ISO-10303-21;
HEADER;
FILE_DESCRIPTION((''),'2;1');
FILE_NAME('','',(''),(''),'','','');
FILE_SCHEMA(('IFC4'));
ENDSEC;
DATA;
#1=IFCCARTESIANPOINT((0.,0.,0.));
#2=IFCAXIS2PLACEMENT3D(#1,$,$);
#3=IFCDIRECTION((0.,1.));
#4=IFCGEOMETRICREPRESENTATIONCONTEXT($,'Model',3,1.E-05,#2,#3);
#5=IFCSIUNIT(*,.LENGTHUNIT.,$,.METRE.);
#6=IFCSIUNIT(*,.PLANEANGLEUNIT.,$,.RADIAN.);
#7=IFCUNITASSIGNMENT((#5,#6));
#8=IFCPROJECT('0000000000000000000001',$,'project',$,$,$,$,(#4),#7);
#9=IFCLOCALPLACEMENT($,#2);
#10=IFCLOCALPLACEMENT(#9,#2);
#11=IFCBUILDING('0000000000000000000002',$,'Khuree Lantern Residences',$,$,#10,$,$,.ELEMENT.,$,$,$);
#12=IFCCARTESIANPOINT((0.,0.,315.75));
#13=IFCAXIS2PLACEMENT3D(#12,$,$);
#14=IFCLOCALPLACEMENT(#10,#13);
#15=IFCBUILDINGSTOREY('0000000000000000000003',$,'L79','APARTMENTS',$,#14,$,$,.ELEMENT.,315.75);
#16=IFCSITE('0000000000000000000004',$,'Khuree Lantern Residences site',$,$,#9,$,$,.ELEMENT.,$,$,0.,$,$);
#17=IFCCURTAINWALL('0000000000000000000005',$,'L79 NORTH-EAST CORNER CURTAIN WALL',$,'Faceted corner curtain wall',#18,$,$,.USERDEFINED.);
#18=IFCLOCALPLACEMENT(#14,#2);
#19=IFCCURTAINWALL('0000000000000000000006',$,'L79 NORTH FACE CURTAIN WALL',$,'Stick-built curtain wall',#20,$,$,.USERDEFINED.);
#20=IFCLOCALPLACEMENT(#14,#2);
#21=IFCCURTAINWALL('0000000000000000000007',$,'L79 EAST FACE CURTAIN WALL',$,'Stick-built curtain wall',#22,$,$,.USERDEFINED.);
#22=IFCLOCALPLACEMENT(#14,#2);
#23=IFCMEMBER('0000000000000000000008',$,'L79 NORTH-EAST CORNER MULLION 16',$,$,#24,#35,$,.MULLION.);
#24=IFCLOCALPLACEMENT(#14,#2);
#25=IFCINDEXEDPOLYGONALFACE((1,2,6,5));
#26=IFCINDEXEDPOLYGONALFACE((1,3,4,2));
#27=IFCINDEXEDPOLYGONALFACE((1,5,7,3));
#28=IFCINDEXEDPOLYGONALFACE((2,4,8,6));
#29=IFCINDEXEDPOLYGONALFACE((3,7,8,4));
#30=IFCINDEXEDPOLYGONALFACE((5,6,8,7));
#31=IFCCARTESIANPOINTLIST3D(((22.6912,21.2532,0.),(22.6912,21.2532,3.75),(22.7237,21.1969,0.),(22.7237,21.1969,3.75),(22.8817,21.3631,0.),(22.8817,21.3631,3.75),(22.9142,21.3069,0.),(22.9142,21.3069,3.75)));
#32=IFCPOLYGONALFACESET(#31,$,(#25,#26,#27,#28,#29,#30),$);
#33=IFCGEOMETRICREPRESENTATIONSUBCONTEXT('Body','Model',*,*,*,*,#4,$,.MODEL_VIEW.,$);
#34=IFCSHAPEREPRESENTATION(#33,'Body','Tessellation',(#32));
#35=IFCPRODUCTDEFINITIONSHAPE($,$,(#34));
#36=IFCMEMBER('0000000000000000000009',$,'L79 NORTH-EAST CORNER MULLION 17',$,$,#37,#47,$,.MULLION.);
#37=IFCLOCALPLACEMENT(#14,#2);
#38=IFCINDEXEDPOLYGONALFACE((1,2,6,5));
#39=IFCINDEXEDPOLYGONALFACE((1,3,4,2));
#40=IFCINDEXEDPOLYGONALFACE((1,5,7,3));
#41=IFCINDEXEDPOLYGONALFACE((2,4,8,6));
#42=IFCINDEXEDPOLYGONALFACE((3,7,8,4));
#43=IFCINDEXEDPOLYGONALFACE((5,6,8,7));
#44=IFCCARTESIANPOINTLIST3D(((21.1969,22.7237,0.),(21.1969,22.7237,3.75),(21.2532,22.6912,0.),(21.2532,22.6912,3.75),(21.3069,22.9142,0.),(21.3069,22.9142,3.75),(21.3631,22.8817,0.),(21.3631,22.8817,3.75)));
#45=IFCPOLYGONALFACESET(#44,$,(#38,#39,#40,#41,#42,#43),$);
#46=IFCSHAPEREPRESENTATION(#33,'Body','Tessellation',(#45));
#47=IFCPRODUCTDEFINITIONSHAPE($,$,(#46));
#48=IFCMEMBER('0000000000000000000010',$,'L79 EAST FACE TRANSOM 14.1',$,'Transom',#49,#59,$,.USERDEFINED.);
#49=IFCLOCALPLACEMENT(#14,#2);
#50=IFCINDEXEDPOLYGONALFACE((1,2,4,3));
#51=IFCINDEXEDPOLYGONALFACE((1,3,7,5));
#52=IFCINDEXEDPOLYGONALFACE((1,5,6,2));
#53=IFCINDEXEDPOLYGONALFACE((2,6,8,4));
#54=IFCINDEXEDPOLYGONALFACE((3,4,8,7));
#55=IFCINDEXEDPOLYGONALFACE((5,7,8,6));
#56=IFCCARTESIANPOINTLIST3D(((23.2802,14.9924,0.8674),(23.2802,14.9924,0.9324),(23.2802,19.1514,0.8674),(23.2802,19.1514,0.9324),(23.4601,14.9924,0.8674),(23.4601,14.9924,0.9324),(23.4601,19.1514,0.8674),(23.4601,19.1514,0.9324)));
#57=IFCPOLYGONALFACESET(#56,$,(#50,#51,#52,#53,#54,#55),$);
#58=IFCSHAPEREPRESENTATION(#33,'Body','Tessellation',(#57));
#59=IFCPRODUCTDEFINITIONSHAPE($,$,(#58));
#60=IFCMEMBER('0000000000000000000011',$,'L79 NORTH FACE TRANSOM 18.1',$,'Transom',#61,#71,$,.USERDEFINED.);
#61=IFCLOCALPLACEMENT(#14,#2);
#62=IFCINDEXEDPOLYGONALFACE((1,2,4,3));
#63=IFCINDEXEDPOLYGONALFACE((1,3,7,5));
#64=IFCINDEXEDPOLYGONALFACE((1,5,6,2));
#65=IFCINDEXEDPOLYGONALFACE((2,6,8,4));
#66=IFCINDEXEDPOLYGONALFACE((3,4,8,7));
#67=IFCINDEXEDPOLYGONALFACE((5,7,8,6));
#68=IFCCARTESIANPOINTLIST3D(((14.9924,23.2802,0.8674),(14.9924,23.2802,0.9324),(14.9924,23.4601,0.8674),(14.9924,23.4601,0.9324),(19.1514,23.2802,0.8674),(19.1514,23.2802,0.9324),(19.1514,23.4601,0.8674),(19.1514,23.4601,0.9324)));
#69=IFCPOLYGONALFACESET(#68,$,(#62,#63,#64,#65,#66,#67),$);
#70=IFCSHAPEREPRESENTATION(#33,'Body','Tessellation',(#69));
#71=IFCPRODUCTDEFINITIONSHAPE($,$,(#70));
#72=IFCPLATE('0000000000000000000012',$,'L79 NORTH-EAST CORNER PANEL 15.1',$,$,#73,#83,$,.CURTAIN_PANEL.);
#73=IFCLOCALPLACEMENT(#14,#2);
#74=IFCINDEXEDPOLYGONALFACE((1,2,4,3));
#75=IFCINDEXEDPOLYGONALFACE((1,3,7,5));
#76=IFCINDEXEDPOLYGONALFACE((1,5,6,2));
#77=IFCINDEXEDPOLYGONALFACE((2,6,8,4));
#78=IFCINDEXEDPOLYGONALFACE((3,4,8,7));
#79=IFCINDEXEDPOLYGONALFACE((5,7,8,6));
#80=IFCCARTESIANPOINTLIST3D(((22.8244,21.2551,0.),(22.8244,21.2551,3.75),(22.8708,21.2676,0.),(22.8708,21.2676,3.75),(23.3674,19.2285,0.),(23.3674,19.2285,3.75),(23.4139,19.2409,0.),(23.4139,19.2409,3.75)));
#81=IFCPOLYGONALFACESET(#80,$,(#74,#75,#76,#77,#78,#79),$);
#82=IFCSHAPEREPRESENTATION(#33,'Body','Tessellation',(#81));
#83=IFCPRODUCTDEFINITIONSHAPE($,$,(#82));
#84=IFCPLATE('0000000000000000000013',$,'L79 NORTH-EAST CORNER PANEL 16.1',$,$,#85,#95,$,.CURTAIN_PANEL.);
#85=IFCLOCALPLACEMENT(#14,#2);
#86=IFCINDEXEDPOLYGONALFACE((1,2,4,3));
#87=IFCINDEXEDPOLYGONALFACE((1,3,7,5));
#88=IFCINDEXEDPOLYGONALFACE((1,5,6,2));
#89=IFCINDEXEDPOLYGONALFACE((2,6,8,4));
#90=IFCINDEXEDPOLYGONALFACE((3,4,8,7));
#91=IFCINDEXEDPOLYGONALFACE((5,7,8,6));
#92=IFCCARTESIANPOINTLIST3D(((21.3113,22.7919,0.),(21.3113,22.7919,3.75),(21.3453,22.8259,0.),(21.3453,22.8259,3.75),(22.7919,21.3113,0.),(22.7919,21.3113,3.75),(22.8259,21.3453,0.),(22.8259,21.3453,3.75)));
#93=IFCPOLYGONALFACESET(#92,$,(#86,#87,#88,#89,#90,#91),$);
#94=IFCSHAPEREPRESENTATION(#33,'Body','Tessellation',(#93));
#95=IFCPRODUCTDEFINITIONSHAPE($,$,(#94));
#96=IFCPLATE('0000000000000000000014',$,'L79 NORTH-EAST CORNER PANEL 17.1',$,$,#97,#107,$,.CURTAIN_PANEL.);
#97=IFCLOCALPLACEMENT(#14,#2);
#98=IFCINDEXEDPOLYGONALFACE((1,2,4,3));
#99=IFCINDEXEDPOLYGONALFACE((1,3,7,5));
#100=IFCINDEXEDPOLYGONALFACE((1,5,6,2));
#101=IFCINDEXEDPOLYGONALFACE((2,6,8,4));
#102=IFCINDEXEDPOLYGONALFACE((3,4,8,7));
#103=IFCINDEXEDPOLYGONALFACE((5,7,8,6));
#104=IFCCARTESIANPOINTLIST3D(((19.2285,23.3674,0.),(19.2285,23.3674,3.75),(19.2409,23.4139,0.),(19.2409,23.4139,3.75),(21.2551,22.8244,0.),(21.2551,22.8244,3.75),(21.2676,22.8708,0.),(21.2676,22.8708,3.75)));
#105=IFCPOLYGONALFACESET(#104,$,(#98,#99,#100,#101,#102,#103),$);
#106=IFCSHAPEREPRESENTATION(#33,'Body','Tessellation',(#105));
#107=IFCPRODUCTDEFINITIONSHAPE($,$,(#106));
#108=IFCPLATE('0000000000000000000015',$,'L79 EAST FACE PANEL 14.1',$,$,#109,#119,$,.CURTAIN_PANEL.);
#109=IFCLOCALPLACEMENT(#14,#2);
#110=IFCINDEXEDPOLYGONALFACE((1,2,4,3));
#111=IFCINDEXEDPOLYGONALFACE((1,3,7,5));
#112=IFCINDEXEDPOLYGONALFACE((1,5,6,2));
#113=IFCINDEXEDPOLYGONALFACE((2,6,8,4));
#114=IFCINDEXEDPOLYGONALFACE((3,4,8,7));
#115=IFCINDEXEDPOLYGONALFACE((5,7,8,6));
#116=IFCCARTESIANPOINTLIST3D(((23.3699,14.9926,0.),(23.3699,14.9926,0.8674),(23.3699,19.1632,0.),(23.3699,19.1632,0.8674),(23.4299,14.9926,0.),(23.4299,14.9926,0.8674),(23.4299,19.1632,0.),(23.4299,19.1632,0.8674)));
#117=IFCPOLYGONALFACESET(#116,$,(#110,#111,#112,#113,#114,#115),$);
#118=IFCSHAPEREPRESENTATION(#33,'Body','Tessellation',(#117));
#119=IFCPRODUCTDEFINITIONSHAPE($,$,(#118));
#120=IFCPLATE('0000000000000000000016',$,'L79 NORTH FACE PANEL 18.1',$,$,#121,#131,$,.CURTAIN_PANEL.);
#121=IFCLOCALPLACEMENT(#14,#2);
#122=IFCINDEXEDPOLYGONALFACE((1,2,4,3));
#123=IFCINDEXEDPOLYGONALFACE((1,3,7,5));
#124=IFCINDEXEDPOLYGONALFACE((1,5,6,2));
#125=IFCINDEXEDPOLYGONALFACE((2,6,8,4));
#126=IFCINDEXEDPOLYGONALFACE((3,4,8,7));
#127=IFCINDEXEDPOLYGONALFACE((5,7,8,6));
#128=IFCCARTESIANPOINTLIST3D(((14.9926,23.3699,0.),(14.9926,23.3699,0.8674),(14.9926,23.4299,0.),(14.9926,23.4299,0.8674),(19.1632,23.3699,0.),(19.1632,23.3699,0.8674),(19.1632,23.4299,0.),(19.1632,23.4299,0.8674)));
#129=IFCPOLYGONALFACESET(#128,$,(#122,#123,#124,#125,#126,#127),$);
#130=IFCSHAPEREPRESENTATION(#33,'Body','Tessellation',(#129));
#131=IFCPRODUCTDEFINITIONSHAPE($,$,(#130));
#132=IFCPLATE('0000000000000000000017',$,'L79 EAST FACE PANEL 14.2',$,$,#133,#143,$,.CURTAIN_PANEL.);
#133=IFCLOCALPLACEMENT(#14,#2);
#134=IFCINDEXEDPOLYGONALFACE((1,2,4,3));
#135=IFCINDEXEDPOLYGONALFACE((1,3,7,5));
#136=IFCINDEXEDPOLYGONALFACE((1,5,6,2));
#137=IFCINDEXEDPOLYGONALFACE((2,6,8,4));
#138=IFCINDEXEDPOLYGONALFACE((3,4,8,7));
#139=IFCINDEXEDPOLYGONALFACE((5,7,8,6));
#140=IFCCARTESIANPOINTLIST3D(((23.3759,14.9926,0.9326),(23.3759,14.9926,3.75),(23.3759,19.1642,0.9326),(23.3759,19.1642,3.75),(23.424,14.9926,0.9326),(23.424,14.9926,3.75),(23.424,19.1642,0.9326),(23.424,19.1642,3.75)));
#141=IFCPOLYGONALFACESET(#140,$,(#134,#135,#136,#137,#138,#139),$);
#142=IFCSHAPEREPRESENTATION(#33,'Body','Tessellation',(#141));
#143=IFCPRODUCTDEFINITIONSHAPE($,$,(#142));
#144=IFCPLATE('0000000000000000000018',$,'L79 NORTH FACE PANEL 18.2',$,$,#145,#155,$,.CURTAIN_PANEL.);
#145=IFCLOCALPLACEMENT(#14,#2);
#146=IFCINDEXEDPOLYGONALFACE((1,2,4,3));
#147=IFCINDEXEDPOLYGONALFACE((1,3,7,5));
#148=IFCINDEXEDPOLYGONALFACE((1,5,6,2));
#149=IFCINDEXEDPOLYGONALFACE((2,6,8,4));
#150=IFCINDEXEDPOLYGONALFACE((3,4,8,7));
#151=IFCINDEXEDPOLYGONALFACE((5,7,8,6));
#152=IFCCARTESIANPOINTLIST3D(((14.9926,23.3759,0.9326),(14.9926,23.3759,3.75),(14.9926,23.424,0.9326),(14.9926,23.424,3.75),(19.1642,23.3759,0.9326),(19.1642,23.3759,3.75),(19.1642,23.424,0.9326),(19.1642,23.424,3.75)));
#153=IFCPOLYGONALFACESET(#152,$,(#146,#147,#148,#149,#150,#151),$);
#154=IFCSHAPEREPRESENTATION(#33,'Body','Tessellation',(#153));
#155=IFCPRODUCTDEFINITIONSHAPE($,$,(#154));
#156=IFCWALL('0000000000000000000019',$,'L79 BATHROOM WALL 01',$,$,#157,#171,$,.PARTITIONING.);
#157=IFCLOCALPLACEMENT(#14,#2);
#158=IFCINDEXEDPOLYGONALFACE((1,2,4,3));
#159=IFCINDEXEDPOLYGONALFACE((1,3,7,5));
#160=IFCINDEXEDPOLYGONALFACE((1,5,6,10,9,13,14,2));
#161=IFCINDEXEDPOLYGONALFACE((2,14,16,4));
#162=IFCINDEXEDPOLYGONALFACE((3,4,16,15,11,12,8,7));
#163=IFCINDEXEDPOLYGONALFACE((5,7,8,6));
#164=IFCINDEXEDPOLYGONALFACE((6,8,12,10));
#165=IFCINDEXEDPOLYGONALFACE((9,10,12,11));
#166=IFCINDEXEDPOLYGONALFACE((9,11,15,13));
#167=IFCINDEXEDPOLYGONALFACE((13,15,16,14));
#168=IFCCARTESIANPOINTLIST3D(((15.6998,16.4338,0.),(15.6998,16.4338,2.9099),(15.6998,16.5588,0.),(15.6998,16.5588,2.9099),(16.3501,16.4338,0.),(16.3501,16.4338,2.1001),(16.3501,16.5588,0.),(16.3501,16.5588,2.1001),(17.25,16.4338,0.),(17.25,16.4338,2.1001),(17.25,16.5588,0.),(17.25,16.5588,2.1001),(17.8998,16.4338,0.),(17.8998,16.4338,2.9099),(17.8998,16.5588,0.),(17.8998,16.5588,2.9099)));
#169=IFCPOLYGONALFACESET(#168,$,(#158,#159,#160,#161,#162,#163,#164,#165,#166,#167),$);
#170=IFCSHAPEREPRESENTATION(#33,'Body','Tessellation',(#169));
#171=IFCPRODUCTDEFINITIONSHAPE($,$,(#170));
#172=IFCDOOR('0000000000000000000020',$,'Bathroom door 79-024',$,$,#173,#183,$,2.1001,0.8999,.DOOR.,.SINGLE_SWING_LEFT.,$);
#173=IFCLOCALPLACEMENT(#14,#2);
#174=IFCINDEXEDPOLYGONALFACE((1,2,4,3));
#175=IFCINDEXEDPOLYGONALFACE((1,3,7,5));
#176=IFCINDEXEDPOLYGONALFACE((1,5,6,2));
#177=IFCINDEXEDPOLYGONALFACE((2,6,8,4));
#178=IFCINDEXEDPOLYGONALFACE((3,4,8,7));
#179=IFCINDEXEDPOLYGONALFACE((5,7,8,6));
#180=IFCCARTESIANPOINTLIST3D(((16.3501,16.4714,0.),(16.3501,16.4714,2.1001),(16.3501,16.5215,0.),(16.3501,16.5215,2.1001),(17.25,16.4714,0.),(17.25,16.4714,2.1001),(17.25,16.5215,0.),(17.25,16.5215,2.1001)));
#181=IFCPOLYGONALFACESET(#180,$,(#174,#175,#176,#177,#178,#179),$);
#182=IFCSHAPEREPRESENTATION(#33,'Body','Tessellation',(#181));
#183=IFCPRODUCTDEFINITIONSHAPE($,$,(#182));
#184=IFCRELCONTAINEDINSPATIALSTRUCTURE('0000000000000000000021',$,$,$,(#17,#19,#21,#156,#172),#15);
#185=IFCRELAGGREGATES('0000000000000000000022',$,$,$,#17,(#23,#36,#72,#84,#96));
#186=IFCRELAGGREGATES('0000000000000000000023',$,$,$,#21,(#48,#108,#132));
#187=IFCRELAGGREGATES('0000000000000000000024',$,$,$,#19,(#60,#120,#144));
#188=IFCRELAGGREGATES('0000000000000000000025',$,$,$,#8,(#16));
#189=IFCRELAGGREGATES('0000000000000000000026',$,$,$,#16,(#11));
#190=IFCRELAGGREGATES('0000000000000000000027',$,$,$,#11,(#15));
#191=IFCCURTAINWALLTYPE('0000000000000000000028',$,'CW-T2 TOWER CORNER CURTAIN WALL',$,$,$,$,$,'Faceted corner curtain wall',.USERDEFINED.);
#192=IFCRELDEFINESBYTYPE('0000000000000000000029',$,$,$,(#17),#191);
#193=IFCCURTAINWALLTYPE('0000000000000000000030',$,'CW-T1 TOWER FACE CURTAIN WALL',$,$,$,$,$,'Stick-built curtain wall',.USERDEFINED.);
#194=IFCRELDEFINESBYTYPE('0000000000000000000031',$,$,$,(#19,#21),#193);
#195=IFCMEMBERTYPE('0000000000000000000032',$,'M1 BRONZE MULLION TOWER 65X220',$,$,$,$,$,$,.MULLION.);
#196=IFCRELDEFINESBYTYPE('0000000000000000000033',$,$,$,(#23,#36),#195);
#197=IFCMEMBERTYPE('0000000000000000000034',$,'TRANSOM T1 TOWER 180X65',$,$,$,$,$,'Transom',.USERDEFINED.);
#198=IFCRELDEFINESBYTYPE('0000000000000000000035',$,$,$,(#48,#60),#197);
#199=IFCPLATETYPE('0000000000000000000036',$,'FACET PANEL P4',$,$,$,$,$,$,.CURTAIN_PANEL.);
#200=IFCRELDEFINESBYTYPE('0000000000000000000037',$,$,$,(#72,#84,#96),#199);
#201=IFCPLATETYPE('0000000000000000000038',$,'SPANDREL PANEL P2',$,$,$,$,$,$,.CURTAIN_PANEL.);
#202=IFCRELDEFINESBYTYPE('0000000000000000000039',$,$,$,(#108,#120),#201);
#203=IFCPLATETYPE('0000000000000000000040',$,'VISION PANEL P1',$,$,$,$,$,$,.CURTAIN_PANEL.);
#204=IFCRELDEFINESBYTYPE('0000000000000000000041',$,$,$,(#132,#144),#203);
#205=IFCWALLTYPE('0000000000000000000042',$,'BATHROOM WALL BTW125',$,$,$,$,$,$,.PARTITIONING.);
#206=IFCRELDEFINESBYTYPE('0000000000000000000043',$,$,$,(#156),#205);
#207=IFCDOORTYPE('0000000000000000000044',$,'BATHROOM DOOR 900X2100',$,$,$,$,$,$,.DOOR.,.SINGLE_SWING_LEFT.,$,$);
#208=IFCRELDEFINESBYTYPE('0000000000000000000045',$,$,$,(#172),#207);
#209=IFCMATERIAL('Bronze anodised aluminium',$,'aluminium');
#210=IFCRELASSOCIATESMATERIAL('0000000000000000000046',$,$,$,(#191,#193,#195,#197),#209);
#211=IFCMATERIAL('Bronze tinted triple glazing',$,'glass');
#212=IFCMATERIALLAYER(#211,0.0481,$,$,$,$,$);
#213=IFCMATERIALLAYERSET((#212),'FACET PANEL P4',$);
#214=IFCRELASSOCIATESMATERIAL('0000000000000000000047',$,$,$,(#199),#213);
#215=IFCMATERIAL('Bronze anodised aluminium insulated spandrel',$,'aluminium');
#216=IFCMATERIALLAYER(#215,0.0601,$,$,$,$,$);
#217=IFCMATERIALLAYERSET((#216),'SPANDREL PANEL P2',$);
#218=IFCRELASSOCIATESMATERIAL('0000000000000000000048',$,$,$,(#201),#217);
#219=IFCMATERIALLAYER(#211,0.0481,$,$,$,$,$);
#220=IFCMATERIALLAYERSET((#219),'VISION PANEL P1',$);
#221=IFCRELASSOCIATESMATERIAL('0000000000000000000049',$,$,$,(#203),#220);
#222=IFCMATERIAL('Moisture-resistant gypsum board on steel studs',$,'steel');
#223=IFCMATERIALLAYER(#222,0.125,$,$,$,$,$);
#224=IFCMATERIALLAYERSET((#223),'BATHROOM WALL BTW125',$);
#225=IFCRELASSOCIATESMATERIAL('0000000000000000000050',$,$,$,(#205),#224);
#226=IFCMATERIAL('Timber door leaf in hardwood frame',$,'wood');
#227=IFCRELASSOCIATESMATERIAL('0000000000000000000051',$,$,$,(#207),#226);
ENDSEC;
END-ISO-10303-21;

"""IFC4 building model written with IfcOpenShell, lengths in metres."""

from ifc_helpers import new_model, si_unit, direction, frame, frame_2d, origin, origin_2d, place, context, subcontext, project, spatial, rectangle, extrude, material, layer, layer_set, material_profile, profile_set, type_object, element, fill, aggregate, save


model = new_model("IFC4")

# Units and contexts
model_context = context("Model", 3, precision=1e-05, world=origin(), true_north=direction((0.0, 1.0)))
body_context = subcontext(model_context, "Body", "Model", "MODEL_VIEW")
ifc_project = project(units=[si_unit("LENGTHUNIT", "METRE"), si_unit("PLANEANGLEUNIT", "RADIAN")], contexts=[model_context])

# Site, building, storey
site_placement = place(None, origin())
site = spatial("IfcSite", under=ifc_project, at=site_placement, Name="Khuree Lantern Residences site", CompositionType="ELEMENT", RefElevation=0.0)
building_placement = place(site_placement, origin())
building = spatial("IfcBuilding", under=site, at=building_placement, Name="Khuree Lantern Residences", CompositionType="ELEMENT")
storey_placement = place(building_placement, frame((0.0, 0.0, 315.75)))
storey = spatial("IfcBuildingStorey", under=building, at=storey_placement, Name="L79", Description="APARTMENTS", CompositionType="ELEMENT", Elevation=315.75)

# Curtain walls
ifc_material_1 = material(Name="Bronze anodised aluminium", Category="aluminium")
curtain_wall_type_1 = type_object("IfcCurtainWallType", Name="CW-T2 TOWER CORNER CURTAIN WALL", ElementType="Faceted corner curtain wall", PredefinedType="USERDEFINED", material=ifc_material_1)
curtain_wall_1_placement = place(storey_placement, origin())
curtain_wall_1 = element("IfcCurtainWall", 1, at=curtain_wall_1_placement, inside=storey, type_object=curtain_wall_type_1, Name="L79 NORTH-EAST CORNER CURTAIN WALL", ObjectType="Faceted corner curtain wall", PredefinedType="USERDEFINED")
curtain_wall_type_2 = type_object("IfcCurtainWallType", Name="CW-T1 TOWER FACE CURTAIN WALL", ElementType="Stick-built curtain wall", PredefinedType="USERDEFINED", material=ifc_material_1)
curtain_wall_2_placement = place(storey_placement, origin())
curtain_wall_2 = element("IfcCurtainWall", 2, at=curtain_wall_2_placement, inside=storey, type_object=curtain_wall_type_2, Name="L79 NORTH FACE CURTAIN WALL", ObjectType="Stick-built curtain wall", PredefinedType="USERDEFINED")

# Curtain wall
curtain_wall_3_placement = place(storey_placement, origin())
curtain_wall_3 = element("IfcCurtainWall", 3, at=curtain_wall_3_placement, inside=storey, type_object=curtain_wall_type_2, Name="L79 EAST FACE CURTAIN WALL", ObjectType="Stick-built curtain wall", PredefinedType="USERDEFINED")
ifc_material_profile_1 = material_profile(ifc_material_1, rectangle(XDim=0.0649, YDim=0.22, at=origin_2d()), Name="M1 65X220")
ifc_profile_set_1 = profile_set([ifc_material_profile_1], Name="Bronze anodised aluminium")
member_type_1 = type_object("IfcMemberType", Name="M1 BRONZE MULLION TOWER 65X220", PredefinedType="MULLION", material=ifc_profile_set_1)

# Members
member_1_placement = place(storey_placement, frame((22.8027, 21.28, 0.0), z_axis=(0.0, 0.0, 1.0), x_axis=(-0.5, 0.866025, 0.0)))
member_1 = element("IfcMember", 4, at=member_1_placement, type_object=member_type_1, Name="L79 NORTH-EAST CORNER MULLION 16", PredefinedType="MULLION", context=body_context, shape_type="SweptSolid", body=[
    extrude(rectangle(XDim=0.0649, YDim=0.22, at=origin_2d()), origin(), (0.0, 0.0, 1.0), 3.75),
])
member_2_placement = place(storey_placement, frame((21.28, 22.8027, 0.0), z_axis=(0.0, 0.0, 1.0), x_axis=(-0.866025, 0.5, 0.0)))
member_2 = element("IfcMember", 5, at=member_2_placement, type_object=member_type_1, Name="L79 NORTH-EAST CORNER MULLION 17", PredefinedType="MULLION", context=body_context, shape_type="SweptSolid", body=[
    extrude(rectangle(XDim=0.0649, YDim=0.22, at=origin_2d()), origin(), (0.0, 0.0, 1.0), 3.75),
])
ifc_material_profile_2 = material_profile(ifc_material_1, rectangle(XDim=0.1799, YDim=0.0649, at=origin_2d()), Name="T1 180X65")
ifc_profile_set_2 = profile_set([ifc_material_profile_2], Name="Bronze anodised aluminium")
member_type_2 = type_object("IfcMemberType", Name="TRANSOM T1 TOWER 180X65", ElementType="Transom", PredefinedType="USERDEFINED", material=ifc_profile_set_2)
member_3_placement = place(storey_placement, frame((23.3701, 14.9924, 0.8999), z_axis=(0.0, 1.0, 0.0), x_axis=(-1.0, 0.0, 0.0)))
member_3 = element("IfcMember", 6, at=member_3_placement, type_object=member_type_2, Name="L79 EAST FACE TRANSOM 14.1", ObjectType="Transom", PredefinedType="USERDEFINED", context=body_context, shape_type="SweptSolid", body=[
    extrude(rectangle(XDim=0.1799, YDim=0.0649, at=origin_2d()), origin(), (0.0, 0.0, 1.0), 4.1589),
])
member_4_placement = place(storey_placement, frame((19.1514, 23.3701, 0.8999), z_axis=(-1.0, 0.0, 0.0), x_axis=(0.0, -1.0, 0.0)))
member_4 = element("IfcMember", 7, at=member_4_placement, type_object=member_type_2, Name="L79 NORTH FACE TRANSOM 18.1", ObjectType="Transom", PredefinedType="USERDEFINED", context=body_context, shape_type="SweptSolid", body=[
    extrude(rectangle(XDim=0.1799, YDim=0.0649, at=origin_2d()), origin(), (0.0, 0.0, 1.0), 4.1589),
])

# Plates
ifc_material_2 = material(Name="Bronze tinted triple glazing", Category="glass")
ifc_layer_1 = layer(ifc_material_2, 0.0481)
ifc_layer_set_1 = layer_set([ifc_layer_1], Name="FACET PANEL P4")
plate_type_1 = type_object("IfcPlateType", Name="FACET PANEL P4", PredefinedType="CURTAIN_PANEL", material=ifc_layer_set_1)
plate_1_placement = place(storey_placement, frame((23.1191, 20.248, 0.0), z_axis=(0.0, 0.0, 1.0), x_axis=(-0.258819, 0.965926, 0.0)))
plate_1 = element("IfcPlate", 8, at=plate_1_placement, type_object=plate_type_1, Name="L79 NORTH-EAST CORNER PANEL 15.1", PredefinedType="CURTAIN_PANEL", context=body_context, shape_type="SweptSolid", body=[
    extrude(rectangle(XDim=2.0981, YDim=0.0481, at=origin_2d()), origin(), (0.0, 0.0, 1.0), 3.75),
])
plate_2_placement = place(storey_placement, frame((22.0686, 22.0686, 0.0), z_axis=(0.0, 0.0, 1.0), x_axis=(-0.707107, 0.707107, 0.0)))
plate_2 = element("IfcPlate", 9, at=plate_2_placement, type_object=plate_type_1, Name="L79 NORTH-EAST CORNER PANEL 16.1", PredefinedType="CURTAIN_PANEL", context=body_context, shape_type="SweptSolid", body=[
    extrude(rectangle(XDim=2.094, YDim=0.0481, at=origin_2d()), origin(), (0.0, 0.0, 1.0), 3.75),
])
plate_3_placement = place(storey_placement, frame((20.248, 23.1191, 0.0), z_axis=(0.0, 0.0, 1.0), x_axis=(-0.965926, 0.258819, 0.0)))
plate_3 = element("IfcPlate", 10, at=plate_3_placement, type_object=plate_type_1, Name="L79 NORTH-EAST CORNER PANEL 17.1", PredefinedType="CURTAIN_PANEL", context=body_context, shape_type="SweptSolid", body=[
    extrude(rectangle(XDim=2.0981, YDim=0.0481, at=origin_2d()), origin(), (0.0, 0.0, 1.0), 3.75),
])
aggregate(curtain_wall_1, [member_1, member_2, plate_1, plate_2, plate_3])
ifc_material_3 = material(Name="Bronze anodised aluminium insulated spandrel", Category="aluminium")
ifc_layer_2 = layer(ifc_material_3, 0.0601)
ifc_layer_set_2 = layer_set([ifc_layer_2], Name="SPANDREL PANEL P2")
plate_type_2 = type_object("IfcPlateType", Name="SPANDREL PANEL P2", PredefinedType="CURTAIN_PANEL", material=ifc_layer_set_2)
plate_4_placement = place(storey_placement, frame((23.3999, 17.0779, 0.0), z_axis=(0.0, 0.0, 1.0), x_axis=(0.0, 1.0, 0.0)))
plate_4 = element("IfcPlate", 11, at=plate_4_placement, type_object=plate_type_2, Name="L79 EAST FACE PANEL 14.1", PredefinedType="CURTAIN_PANEL", context=body_context, shape_type="SweptSolid", body=[
    extrude(rectangle(XDim=4.1707, YDim=0.0601, at=origin_2d()), origin(), (0.0, 0.0, 1.0), 0.8674),
])
plate_5_placement = place(storey_placement, frame((17.0779, 23.3999, 0.0), z_axis=(0.0, 0.0, 1.0), x_axis=(-1.0, 0.0, 0.0)))
plate_5 = element("IfcPlate", 12, at=plate_5_placement, type_object=plate_type_2, Name="L79 NORTH FACE PANEL 18.1", PredefinedType="CURTAIN_PANEL", context=body_context, shape_type="SweptSolid", body=[
    extrude(rectangle(XDim=4.1707, YDim=0.0601, at=origin_2d()), origin(), (0.0, 0.0, 1.0), 0.8674),
])
ifc_layer_3 = layer(ifc_material_2, 0.0481)
ifc_layer_set_3 = layer_set([ifc_layer_3], Name="VISION PANEL P1")
plate_type_3 = type_object("IfcPlateType", Name="VISION PANEL P1", PredefinedType="CURTAIN_PANEL", material=ifc_layer_set_3)
plate_6_placement = place(storey_placement, frame((23.3999, 17.0784, 0.9326), z_axis=(0.0, 0.0, 1.0), x_axis=(0.0, 1.0, 0.0)))
plate_6 = element("IfcPlate", 13, at=plate_6_placement, type_object=plate_type_3, Name="L79 EAST FACE PANEL 14.2", PredefinedType="CURTAIN_PANEL", context=body_context, shape_type="SweptSolid", body=[
    extrude(rectangle(XDim=4.1716, YDim=0.0481, at=origin_2d()), origin(), (0.0, 0.0, 1.0), 2.8174),
])
aggregate(curtain_wall_3, [member_3, plate_4, plate_6])
plate_7_placement = place(storey_placement, frame((17.0784, 23.3999, 0.9326), z_axis=(0.0, 0.0, 1.0), x_axis=(-1.0, 0.0, 0.0)))
plate_7 = element("IfcPlate", 14, at=plate_7_placement, type_object=plate_type_3, Name="L79 NORTH FACE PANEL 18.2", PredefinedType="CURTAIN_PANEL", context=body_context, shape_type="SweptSolid", body=[
    extrude(rectangle(XDim=4.1716, YDim=0.0481, at=origin_2d()), origin(), (0.0, 0.0, 1.0), 2.8174),
])
aggregate(curtain_wall_2, [member_4, plate_5, plate_7])

# Wall, opening, door
ifc_material_4 = material(Name="Moisture-resistant gypsum board on steel studs", Category="steel")
ifc_layer_4 = layer(ifc_material_4, 0.125)
ifc_layer_set_4 = layer_set([ifc_layer_4], Name="BATHROOM WALL BTW125")
wall_type = type_object("IfcWallType", Name="BATHROOM WALL BTW125", PredefinedType="PARTITIONING", material=ifc_layer_set_4)
wall_placement = place(storey_placement, frame((17.8999, 16.4963, 0.0), z_axis=(0.0, 0.0, 1.0), x_axis=(-1.0, 0.0, 0.0)))
wall = element("IfcWall", 15, at=wall_placement, inside=storey, type_object=wall_type, Name="L79 BATHROOM WALL 01", PredefinedType="PARTITIONING", context=body_context, shape_type="SweptSolid", body=[
    extrude(rectangle(XDim=2.2, YDim=0.125, at=frame_2d((1.1001, 0.0))), origin(), (0.0, 0.0, 1.0), 2.9099),
])
opening_placement = place(wall_placement, frame((0.6499, 0.0, 0.0)))
opening = element("IfcOpeningElement", 16, at=opening_placement, cuts=wall, PredefinedType="OPENING", context=body_context, shape_type="SweptSolid", body=[
    extrude(rectangle(XDim=0.8999, YDim=2.1001, at=frame_2d((0.45, 1.05))), frame((0.0, 0.0725, 0.0), z_axis=(0.0, -1.0, 0.0), x_axis=(1.0, 0.0, 0.0)), (0.0, 0.0, 1.0), 0.145),
])
ifc_material_5 = material(Name="Timber door leaf in hardwood frame", Category="wood")
door_type = type_object("IfcDoorType", Name="BATHROOM DOOR 900X2100", OperationType="SINGLE_SWING_LEFT", PredefinedType="DOOR", material=ifc_material_5)
door_placement = place(opening_placement, origin())
door = element("IfcDoor", 17, at=door_placement, inside=storey, type_object=door_type, Name="Bathroom door 79-024", OperationType="SINGLE_SWING_LEFT", OverallHeight=2.1001, OverallWidth=0.8999, PredefinedType="DOOR", context=body_context, shape_type="SweptSolid", body=[
    extrude(rectangle(XDim=0.8999, YDim=2.1001, at=frame_2d((0.45, 1.05))), frame((0.0, 0.0249, 0.0), z_axis=(0.0, -1.0, 0.0), x_axis=(1.0, 0.0, 0.0)), (0.0, 0.0, 1.0), 0.05),
])
fill(opening, door)

save(model, "model.ifc")
